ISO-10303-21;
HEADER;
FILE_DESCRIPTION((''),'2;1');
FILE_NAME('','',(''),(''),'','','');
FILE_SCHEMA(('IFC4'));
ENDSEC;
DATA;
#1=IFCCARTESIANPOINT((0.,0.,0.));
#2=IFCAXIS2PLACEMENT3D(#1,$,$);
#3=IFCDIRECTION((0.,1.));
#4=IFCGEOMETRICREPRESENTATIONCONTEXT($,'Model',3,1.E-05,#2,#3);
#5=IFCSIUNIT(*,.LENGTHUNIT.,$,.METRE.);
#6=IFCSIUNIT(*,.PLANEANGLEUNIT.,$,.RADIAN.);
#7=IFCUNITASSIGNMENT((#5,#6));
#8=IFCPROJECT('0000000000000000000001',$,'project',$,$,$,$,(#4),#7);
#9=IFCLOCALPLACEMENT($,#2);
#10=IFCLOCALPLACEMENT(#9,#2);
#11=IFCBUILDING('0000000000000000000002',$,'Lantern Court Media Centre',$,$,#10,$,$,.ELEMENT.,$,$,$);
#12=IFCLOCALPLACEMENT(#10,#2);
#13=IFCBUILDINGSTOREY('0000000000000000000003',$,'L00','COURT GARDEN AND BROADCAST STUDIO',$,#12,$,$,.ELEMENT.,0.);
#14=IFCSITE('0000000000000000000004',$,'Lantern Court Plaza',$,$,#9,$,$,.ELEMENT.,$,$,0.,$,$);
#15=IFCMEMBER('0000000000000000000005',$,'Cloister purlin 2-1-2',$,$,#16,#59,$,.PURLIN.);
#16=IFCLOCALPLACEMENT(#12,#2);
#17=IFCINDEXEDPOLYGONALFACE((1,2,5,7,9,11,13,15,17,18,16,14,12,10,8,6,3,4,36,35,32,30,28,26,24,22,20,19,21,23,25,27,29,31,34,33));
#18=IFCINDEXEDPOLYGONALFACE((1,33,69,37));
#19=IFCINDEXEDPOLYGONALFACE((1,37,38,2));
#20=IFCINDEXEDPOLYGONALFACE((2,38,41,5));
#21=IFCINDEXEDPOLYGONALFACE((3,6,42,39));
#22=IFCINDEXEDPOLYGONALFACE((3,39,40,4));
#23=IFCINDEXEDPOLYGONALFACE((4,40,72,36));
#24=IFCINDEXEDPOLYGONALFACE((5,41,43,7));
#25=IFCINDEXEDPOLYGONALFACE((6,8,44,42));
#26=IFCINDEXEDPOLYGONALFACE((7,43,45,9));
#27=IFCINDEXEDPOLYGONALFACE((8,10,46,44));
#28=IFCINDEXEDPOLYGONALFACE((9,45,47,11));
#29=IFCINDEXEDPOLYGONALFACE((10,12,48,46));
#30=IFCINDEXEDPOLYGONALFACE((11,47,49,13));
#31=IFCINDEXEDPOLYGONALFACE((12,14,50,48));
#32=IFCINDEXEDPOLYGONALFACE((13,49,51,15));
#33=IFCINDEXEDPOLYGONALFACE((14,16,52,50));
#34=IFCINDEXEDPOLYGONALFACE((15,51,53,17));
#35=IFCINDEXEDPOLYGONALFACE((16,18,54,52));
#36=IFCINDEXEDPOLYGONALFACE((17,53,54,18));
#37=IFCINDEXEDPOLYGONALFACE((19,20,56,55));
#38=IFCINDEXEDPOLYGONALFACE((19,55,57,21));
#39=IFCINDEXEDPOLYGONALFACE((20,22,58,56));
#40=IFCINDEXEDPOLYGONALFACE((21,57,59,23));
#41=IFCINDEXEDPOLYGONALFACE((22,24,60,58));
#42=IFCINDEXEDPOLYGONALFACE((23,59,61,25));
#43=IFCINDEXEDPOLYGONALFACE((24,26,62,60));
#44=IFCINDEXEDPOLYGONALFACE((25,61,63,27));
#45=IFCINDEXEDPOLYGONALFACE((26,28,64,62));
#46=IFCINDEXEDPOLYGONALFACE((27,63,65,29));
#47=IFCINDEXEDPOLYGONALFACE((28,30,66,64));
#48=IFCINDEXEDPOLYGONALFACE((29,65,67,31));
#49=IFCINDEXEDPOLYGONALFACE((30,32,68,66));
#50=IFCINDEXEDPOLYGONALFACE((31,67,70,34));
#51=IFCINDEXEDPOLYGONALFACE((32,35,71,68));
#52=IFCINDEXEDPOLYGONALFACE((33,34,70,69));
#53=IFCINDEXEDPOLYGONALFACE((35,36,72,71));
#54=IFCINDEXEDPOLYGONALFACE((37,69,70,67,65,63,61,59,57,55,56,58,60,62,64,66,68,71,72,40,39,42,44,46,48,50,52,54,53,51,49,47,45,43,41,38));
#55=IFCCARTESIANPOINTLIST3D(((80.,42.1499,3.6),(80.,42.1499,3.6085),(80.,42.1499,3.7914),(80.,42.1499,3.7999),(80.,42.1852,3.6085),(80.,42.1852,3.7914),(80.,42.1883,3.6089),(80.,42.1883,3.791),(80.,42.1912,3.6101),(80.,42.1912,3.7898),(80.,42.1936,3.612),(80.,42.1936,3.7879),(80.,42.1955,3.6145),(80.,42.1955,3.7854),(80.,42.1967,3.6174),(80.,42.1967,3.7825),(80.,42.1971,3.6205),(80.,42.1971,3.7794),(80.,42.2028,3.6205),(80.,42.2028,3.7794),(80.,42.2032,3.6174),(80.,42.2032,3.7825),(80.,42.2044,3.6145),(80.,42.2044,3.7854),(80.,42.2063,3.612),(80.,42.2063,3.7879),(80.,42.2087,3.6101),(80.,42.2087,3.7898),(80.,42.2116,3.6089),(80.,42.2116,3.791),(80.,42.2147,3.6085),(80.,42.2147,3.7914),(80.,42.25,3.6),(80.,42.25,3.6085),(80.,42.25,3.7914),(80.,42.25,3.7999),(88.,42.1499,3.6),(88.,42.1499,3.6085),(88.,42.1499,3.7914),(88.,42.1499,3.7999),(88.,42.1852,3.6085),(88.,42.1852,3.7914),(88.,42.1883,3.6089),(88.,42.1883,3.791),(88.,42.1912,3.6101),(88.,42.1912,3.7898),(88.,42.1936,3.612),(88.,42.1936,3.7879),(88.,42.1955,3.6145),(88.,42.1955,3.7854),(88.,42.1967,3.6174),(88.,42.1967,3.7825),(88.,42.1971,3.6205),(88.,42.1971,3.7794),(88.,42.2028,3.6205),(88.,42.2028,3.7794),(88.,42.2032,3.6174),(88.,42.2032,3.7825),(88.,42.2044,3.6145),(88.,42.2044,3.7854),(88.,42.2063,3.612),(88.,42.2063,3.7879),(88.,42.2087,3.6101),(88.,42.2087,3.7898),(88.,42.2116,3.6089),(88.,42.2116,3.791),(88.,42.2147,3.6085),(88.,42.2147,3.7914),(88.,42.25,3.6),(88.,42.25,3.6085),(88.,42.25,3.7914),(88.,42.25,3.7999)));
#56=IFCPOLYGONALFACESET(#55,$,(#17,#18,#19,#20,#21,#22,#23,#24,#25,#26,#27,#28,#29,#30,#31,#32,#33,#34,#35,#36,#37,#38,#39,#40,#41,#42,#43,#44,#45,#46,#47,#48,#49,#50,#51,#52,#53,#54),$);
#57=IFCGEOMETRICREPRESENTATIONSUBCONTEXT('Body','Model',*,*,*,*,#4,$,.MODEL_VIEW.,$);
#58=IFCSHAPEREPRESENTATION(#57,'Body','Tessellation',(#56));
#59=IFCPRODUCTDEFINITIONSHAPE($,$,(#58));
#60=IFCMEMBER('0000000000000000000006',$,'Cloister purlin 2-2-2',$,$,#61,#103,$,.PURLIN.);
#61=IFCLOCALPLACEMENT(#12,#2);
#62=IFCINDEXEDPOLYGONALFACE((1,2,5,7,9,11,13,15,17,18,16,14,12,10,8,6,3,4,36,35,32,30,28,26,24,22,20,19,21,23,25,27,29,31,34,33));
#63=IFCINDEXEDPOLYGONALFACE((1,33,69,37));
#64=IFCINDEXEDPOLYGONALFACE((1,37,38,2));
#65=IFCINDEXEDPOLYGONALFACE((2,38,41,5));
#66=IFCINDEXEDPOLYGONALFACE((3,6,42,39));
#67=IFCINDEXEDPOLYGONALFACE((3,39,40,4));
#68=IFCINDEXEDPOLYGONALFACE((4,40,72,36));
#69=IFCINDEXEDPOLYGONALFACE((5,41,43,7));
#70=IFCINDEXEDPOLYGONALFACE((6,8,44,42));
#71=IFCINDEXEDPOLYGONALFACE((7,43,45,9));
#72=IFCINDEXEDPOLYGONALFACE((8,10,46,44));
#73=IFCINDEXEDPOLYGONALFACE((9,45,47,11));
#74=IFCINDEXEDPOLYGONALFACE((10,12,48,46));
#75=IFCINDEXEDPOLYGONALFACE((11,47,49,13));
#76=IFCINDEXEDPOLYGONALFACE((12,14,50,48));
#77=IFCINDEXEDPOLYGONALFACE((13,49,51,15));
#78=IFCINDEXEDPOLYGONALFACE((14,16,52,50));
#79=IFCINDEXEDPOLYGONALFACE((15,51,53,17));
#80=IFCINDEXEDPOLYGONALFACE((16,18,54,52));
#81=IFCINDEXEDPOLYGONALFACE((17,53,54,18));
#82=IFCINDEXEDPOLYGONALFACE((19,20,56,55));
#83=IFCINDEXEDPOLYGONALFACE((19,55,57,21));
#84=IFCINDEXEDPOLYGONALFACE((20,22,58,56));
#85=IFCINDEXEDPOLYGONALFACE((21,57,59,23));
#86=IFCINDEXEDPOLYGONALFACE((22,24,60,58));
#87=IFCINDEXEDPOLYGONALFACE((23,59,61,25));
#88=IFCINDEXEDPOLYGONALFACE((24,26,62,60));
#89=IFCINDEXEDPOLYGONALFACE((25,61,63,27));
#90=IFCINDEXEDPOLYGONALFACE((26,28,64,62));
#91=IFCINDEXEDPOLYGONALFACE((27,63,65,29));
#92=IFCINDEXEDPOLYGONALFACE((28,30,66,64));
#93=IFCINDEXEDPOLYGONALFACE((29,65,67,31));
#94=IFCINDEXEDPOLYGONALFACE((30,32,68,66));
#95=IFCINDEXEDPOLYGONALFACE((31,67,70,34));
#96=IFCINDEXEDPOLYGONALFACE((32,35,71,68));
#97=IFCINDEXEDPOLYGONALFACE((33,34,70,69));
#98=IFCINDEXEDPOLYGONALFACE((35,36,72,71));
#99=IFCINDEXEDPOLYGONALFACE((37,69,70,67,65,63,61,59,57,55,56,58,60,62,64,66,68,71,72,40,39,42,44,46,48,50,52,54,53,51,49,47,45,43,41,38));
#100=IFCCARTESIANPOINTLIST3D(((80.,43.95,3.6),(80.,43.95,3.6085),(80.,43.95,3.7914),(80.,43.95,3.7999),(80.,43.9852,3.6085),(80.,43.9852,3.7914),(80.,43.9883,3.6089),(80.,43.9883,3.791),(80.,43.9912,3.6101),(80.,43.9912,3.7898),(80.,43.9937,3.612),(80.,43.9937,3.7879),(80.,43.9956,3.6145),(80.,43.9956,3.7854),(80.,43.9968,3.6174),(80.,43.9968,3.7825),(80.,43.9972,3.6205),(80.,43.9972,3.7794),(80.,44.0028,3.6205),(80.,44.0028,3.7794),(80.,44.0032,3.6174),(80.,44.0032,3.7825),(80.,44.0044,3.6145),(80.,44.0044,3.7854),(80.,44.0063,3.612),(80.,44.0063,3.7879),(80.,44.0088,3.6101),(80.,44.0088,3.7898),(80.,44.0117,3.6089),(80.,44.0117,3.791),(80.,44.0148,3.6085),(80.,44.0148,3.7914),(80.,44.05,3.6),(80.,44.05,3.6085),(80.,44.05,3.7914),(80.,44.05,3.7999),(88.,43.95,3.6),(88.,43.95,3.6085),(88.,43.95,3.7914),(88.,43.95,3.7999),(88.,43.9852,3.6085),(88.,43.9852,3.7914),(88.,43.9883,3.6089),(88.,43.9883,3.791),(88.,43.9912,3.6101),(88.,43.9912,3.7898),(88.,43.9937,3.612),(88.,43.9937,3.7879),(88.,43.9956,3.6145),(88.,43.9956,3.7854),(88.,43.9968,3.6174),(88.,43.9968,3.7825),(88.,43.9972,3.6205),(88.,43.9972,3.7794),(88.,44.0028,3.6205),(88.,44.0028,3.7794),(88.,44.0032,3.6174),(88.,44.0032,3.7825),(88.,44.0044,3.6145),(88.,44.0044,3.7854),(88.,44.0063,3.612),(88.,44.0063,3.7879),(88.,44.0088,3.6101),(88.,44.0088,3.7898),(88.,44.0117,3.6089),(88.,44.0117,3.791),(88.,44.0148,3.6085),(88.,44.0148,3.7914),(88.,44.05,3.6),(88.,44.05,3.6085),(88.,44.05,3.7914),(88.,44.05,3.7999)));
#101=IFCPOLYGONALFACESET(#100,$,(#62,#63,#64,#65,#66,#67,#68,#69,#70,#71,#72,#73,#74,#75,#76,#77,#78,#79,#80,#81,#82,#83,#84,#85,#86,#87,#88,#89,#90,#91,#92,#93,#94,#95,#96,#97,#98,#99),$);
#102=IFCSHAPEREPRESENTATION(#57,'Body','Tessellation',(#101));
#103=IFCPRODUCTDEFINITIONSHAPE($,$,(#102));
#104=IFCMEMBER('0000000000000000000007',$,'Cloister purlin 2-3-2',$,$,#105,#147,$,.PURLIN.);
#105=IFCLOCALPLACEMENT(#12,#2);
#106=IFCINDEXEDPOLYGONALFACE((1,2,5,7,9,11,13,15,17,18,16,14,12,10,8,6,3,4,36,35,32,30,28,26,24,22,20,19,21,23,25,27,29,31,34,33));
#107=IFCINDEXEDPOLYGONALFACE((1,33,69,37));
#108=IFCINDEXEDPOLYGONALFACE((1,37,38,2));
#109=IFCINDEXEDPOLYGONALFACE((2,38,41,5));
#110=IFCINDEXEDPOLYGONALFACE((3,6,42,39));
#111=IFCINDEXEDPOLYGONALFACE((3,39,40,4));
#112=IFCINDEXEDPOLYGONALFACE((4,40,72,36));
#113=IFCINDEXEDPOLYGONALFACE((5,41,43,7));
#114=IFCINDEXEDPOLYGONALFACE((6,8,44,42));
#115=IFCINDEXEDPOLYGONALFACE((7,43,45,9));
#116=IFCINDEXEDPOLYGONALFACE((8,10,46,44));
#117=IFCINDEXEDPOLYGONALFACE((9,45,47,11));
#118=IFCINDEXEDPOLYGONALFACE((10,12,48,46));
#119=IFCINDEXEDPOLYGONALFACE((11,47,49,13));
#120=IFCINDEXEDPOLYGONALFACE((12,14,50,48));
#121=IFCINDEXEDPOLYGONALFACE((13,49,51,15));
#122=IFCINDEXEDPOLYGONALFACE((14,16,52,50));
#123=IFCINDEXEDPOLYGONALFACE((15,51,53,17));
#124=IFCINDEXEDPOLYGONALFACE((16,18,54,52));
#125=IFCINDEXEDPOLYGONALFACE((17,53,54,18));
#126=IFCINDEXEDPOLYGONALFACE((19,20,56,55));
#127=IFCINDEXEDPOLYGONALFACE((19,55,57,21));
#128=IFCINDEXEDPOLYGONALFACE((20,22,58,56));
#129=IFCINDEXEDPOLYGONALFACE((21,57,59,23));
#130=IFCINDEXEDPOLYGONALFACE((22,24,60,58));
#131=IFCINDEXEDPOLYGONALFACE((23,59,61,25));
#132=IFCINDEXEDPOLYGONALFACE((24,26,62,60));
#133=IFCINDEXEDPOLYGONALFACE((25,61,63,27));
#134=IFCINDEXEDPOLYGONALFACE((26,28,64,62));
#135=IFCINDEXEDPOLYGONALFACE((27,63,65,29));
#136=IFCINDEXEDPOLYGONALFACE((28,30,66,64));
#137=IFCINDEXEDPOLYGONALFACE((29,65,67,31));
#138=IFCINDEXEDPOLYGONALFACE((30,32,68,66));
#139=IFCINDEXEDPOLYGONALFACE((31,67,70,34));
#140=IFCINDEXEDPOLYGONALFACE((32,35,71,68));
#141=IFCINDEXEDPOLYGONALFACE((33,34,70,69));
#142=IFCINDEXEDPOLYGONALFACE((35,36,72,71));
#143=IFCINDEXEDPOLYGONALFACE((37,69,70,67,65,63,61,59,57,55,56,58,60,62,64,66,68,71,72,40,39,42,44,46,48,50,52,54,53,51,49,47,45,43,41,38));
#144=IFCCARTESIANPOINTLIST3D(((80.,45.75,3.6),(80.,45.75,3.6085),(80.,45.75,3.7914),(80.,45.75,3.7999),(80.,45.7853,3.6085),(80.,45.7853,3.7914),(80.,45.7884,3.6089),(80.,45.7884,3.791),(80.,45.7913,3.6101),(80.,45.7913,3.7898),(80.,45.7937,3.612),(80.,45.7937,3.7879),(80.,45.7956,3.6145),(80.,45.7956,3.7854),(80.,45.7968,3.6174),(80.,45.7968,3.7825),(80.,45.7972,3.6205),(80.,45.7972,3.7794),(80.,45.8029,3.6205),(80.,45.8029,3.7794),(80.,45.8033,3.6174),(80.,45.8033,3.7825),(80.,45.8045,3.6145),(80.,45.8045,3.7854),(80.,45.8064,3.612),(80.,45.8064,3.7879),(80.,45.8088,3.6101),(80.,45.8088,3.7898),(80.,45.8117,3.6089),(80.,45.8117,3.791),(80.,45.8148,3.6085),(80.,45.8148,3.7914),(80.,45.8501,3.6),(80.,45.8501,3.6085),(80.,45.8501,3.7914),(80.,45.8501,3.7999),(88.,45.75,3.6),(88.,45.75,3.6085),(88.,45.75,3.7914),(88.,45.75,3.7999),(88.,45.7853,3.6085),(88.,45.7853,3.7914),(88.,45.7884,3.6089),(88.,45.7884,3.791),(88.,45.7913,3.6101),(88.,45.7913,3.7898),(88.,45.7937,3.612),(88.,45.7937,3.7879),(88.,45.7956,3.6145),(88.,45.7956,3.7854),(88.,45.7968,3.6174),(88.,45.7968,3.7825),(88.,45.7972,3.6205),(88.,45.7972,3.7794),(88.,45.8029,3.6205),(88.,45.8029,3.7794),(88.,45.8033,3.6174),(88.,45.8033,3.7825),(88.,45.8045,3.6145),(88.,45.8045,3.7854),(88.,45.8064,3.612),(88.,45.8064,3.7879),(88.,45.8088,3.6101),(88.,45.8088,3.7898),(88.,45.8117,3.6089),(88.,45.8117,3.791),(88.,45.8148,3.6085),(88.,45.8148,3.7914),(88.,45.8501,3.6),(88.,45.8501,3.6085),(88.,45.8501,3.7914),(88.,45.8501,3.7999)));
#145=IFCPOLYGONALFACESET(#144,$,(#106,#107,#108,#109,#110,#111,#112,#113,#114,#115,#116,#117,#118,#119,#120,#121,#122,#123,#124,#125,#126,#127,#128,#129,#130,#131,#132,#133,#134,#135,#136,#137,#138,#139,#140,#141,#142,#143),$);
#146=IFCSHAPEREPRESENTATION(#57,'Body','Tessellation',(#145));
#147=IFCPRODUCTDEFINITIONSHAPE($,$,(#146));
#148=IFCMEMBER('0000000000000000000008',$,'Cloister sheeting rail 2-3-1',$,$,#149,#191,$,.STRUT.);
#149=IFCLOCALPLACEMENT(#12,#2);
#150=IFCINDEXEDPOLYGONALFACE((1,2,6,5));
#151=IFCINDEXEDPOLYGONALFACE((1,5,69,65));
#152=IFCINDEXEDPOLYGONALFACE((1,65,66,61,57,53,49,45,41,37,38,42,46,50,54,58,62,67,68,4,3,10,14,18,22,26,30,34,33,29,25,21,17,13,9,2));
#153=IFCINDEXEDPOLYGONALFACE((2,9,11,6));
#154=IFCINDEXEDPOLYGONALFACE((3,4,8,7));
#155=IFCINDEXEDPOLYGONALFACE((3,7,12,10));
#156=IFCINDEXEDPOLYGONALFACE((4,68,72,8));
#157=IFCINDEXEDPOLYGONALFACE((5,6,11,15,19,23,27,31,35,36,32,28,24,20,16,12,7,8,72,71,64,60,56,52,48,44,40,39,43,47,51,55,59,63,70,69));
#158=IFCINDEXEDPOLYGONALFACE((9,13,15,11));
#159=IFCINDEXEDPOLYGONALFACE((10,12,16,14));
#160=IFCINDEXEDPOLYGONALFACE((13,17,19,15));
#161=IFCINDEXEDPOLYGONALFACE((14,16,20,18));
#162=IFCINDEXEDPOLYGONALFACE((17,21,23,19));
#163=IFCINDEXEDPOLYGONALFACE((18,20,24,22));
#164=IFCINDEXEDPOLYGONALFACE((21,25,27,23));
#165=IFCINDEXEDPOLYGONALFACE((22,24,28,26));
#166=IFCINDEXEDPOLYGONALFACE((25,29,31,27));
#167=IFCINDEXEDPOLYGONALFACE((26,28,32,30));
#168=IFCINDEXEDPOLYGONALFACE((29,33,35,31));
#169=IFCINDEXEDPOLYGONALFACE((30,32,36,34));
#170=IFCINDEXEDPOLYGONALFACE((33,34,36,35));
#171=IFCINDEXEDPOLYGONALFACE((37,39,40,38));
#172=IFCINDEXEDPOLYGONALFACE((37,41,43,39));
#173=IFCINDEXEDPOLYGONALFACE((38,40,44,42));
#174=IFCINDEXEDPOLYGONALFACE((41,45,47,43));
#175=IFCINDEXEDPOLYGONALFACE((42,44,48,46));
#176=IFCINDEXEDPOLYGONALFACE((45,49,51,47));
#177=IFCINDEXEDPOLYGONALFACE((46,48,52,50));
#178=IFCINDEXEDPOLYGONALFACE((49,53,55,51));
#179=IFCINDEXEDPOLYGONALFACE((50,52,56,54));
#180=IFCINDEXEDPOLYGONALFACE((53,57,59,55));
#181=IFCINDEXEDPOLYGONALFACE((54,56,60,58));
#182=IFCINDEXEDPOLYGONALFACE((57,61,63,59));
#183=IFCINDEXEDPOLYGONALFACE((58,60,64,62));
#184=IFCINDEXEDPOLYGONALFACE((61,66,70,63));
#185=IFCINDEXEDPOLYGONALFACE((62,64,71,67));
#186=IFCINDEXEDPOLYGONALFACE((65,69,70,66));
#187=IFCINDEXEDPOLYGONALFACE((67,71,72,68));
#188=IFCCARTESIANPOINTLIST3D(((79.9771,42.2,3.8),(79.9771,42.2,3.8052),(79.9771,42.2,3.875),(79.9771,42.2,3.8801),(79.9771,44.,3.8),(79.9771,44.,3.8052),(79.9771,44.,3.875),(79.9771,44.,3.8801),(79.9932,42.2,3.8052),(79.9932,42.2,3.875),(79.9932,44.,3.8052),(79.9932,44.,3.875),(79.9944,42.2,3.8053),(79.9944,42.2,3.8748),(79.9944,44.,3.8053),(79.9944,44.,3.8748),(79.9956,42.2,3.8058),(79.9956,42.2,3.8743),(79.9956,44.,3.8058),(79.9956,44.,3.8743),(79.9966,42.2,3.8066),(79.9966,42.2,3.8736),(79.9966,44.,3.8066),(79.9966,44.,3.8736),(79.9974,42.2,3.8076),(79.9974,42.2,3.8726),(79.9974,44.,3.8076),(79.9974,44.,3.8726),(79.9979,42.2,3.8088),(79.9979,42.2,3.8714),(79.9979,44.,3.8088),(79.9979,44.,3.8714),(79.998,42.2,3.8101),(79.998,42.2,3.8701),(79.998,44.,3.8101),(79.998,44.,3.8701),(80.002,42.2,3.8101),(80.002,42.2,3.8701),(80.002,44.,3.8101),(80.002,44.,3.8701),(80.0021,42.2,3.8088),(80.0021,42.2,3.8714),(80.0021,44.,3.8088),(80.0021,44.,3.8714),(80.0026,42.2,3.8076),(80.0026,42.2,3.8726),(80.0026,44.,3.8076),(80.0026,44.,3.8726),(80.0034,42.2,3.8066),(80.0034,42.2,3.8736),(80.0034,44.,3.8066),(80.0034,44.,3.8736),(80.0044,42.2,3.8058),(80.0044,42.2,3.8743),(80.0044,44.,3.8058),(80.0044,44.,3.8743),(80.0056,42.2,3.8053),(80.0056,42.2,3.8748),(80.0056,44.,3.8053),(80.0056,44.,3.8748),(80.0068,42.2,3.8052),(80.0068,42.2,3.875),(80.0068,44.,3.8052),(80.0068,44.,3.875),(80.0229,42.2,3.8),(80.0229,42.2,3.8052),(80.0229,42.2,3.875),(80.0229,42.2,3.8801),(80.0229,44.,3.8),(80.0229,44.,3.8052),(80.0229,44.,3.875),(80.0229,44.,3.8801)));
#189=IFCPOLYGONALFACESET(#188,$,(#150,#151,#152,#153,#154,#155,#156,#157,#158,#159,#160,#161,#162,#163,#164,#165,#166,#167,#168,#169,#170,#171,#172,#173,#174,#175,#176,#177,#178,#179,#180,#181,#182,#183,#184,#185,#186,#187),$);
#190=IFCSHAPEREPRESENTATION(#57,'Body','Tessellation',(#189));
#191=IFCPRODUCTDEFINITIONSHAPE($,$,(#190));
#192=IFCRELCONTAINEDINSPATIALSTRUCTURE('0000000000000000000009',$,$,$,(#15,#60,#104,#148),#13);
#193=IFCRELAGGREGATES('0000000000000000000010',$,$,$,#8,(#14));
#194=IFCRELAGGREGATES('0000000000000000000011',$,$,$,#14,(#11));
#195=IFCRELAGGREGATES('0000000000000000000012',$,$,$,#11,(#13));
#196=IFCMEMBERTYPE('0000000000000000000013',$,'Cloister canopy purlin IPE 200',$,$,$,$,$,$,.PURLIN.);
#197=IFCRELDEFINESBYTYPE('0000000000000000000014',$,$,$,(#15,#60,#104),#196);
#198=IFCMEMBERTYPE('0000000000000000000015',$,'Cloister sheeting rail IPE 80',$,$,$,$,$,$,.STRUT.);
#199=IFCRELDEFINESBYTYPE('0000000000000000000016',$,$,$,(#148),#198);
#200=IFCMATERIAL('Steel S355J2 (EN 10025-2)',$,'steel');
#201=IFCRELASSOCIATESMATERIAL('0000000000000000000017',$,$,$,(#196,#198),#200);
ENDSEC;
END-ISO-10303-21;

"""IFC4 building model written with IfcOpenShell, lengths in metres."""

from ifc_helpers import new_model, si_unit, direction, frame, origin, origin_2d, place, context, subcontext, project, spatial, i_section, extrude, material, material_profile, profile_set, type_object, element, save


model = new_model("IFC4")

# Units and contexts
model_context = context("Model", 3, precision=1e-05, world=origin(), true_north=direction((0.0, 1.0)))
body_context = subcontext(model_context, "Body", "Model", "MODEL_VIEW")
ifc_project = project(units=[si_unit("LENGTHUNIT", "METRE"), si_unit("PLANEANGLEUNIT", "RADIAN")], contexts=[model_context])

# Site, building, storey
site_placement = place(None, origin())
site = spatial("IfcSite", under=ifc_project, at=site_placement, Name="Lantern Court Plaza", CompositionType="ELEMENT", RefElevation=0.0)
building_placement = place(site_placement, origin())
building = spatial("IfcBuilding", under=site, at=building_placement, Name="Lantern Court Media Centre", CompositionType="ELEMENT")
storey_placement = place(building_placement, origin())
storey = spatial("IfcBuildingStorey", under=building, at=storey_placement, Name="L00", Description="COURT GARDEN AND BROADCAST STUDIO", CompositionType="ELEMENT", Elevation=0.0)

# Shared definitions
ifc_material_1 = material(Name="Steel S355J2 (EN 10025-2)", Category="steel")

# Members
ifc_material_profile_1 = material_profile(ifc_material_1, i_section(OverallWidth=0.1001, OverallDepth=0.2, WebThickness=0.0056, FlangeThickness=0.0085, FilletRadius=0.012, at=origin_2d()), Name="IPE 200")
ifc_profile_set_1 = profile_set([ifc_material_profile_1], Name="Steel S355J2 (EN 10025-2)")
member_type_1 = type_object("IfcMemberType", Name="Cloister canopy purlin IPE 200", PredefinedType="PURLIN", material=ifc_profile_set_1)
for number, where, z_axis, x_axis, name in (
    (1, (80.0, 42.2, 3.7), (1.0, 0.0, 0.0), (0.0, 1.0, 0.0), "Cloister purlin 2-1-2"),
    (2, (80.0, 44.0, 3.7), (1.0, 0.0, 0.0), (0.0, 1.0, 0.0), "Cloister purlin 2-2-2"),
    (3, (80.0, 45.8, 3.7), (1.0, 0.0, 0.0), (0.0, 1.0, 0.0), "Cloister purlin 2-3-2"),
):
    element("IfcMember", number, at=place(storey_placement, frame(where, z_axis=z_axis, x_axis=x_axis)), inside=storey, type_object=member_type_1, Name=name, PredefinedType="PURLIN", context=body_context, shape_type="SweptSolid", body=[
        extrude(i_section(OverallWidth=0.1001, OverallDepth=0.2, WebThickness=0.0056, FlangeThickness=0.0085, FilletRadius=0.012, at=origin_2d()), origin(), (0.0, 0.0, 1.0), 8.0),
    ])
ifc_material_profile_2 = material_profile(ifc_material_1, i_section(OverallWidth=0.0459, OverallDepth=0.0801, WebThickness=0.0039, FlangeThickness=0.0051, FilletRadius=0.0049, at=origin_2d()), Name="IPE 80")
ifc_profile_set_2 = profile_set([ifc_material_profile_2], Name="Steel S355J2 (EN 10025-2)")
member_type_2 = type_object("IfcMemberType", Name="Cloister sheeting rail IPE 80", PredefinedType="STRUT", material=ifc_profile_set_2)
for number, where, z_axis, x_axis, name in (
    (4, (80.0, 42.2, 3.8401), (0.0, 1.0, 0.0), (-1.0, 0.0, 0.0), "Cloister sheeting rail 2-3-1"),
):
    element("IfcMember", number, at=place(storey_placement, frame(where, z_axis=z_axis, x_axis=x_axis)), inside=storey, type_object=member_type_2, Name=name, PredefinedType="STRUT", context=body_context, shape_type="SweptSolid", body=[
        extrude(i_section(OverallWidth=0.0459, OverallDepth=0.0801, WebThickness=0.0039, FlangeThickness=0.0051, FilletRadius=0.0049, at=origin_2d()), origin(), (0.0, 0.0, 1.0), 1.8),
    ])

save(model, "model.ifc")
